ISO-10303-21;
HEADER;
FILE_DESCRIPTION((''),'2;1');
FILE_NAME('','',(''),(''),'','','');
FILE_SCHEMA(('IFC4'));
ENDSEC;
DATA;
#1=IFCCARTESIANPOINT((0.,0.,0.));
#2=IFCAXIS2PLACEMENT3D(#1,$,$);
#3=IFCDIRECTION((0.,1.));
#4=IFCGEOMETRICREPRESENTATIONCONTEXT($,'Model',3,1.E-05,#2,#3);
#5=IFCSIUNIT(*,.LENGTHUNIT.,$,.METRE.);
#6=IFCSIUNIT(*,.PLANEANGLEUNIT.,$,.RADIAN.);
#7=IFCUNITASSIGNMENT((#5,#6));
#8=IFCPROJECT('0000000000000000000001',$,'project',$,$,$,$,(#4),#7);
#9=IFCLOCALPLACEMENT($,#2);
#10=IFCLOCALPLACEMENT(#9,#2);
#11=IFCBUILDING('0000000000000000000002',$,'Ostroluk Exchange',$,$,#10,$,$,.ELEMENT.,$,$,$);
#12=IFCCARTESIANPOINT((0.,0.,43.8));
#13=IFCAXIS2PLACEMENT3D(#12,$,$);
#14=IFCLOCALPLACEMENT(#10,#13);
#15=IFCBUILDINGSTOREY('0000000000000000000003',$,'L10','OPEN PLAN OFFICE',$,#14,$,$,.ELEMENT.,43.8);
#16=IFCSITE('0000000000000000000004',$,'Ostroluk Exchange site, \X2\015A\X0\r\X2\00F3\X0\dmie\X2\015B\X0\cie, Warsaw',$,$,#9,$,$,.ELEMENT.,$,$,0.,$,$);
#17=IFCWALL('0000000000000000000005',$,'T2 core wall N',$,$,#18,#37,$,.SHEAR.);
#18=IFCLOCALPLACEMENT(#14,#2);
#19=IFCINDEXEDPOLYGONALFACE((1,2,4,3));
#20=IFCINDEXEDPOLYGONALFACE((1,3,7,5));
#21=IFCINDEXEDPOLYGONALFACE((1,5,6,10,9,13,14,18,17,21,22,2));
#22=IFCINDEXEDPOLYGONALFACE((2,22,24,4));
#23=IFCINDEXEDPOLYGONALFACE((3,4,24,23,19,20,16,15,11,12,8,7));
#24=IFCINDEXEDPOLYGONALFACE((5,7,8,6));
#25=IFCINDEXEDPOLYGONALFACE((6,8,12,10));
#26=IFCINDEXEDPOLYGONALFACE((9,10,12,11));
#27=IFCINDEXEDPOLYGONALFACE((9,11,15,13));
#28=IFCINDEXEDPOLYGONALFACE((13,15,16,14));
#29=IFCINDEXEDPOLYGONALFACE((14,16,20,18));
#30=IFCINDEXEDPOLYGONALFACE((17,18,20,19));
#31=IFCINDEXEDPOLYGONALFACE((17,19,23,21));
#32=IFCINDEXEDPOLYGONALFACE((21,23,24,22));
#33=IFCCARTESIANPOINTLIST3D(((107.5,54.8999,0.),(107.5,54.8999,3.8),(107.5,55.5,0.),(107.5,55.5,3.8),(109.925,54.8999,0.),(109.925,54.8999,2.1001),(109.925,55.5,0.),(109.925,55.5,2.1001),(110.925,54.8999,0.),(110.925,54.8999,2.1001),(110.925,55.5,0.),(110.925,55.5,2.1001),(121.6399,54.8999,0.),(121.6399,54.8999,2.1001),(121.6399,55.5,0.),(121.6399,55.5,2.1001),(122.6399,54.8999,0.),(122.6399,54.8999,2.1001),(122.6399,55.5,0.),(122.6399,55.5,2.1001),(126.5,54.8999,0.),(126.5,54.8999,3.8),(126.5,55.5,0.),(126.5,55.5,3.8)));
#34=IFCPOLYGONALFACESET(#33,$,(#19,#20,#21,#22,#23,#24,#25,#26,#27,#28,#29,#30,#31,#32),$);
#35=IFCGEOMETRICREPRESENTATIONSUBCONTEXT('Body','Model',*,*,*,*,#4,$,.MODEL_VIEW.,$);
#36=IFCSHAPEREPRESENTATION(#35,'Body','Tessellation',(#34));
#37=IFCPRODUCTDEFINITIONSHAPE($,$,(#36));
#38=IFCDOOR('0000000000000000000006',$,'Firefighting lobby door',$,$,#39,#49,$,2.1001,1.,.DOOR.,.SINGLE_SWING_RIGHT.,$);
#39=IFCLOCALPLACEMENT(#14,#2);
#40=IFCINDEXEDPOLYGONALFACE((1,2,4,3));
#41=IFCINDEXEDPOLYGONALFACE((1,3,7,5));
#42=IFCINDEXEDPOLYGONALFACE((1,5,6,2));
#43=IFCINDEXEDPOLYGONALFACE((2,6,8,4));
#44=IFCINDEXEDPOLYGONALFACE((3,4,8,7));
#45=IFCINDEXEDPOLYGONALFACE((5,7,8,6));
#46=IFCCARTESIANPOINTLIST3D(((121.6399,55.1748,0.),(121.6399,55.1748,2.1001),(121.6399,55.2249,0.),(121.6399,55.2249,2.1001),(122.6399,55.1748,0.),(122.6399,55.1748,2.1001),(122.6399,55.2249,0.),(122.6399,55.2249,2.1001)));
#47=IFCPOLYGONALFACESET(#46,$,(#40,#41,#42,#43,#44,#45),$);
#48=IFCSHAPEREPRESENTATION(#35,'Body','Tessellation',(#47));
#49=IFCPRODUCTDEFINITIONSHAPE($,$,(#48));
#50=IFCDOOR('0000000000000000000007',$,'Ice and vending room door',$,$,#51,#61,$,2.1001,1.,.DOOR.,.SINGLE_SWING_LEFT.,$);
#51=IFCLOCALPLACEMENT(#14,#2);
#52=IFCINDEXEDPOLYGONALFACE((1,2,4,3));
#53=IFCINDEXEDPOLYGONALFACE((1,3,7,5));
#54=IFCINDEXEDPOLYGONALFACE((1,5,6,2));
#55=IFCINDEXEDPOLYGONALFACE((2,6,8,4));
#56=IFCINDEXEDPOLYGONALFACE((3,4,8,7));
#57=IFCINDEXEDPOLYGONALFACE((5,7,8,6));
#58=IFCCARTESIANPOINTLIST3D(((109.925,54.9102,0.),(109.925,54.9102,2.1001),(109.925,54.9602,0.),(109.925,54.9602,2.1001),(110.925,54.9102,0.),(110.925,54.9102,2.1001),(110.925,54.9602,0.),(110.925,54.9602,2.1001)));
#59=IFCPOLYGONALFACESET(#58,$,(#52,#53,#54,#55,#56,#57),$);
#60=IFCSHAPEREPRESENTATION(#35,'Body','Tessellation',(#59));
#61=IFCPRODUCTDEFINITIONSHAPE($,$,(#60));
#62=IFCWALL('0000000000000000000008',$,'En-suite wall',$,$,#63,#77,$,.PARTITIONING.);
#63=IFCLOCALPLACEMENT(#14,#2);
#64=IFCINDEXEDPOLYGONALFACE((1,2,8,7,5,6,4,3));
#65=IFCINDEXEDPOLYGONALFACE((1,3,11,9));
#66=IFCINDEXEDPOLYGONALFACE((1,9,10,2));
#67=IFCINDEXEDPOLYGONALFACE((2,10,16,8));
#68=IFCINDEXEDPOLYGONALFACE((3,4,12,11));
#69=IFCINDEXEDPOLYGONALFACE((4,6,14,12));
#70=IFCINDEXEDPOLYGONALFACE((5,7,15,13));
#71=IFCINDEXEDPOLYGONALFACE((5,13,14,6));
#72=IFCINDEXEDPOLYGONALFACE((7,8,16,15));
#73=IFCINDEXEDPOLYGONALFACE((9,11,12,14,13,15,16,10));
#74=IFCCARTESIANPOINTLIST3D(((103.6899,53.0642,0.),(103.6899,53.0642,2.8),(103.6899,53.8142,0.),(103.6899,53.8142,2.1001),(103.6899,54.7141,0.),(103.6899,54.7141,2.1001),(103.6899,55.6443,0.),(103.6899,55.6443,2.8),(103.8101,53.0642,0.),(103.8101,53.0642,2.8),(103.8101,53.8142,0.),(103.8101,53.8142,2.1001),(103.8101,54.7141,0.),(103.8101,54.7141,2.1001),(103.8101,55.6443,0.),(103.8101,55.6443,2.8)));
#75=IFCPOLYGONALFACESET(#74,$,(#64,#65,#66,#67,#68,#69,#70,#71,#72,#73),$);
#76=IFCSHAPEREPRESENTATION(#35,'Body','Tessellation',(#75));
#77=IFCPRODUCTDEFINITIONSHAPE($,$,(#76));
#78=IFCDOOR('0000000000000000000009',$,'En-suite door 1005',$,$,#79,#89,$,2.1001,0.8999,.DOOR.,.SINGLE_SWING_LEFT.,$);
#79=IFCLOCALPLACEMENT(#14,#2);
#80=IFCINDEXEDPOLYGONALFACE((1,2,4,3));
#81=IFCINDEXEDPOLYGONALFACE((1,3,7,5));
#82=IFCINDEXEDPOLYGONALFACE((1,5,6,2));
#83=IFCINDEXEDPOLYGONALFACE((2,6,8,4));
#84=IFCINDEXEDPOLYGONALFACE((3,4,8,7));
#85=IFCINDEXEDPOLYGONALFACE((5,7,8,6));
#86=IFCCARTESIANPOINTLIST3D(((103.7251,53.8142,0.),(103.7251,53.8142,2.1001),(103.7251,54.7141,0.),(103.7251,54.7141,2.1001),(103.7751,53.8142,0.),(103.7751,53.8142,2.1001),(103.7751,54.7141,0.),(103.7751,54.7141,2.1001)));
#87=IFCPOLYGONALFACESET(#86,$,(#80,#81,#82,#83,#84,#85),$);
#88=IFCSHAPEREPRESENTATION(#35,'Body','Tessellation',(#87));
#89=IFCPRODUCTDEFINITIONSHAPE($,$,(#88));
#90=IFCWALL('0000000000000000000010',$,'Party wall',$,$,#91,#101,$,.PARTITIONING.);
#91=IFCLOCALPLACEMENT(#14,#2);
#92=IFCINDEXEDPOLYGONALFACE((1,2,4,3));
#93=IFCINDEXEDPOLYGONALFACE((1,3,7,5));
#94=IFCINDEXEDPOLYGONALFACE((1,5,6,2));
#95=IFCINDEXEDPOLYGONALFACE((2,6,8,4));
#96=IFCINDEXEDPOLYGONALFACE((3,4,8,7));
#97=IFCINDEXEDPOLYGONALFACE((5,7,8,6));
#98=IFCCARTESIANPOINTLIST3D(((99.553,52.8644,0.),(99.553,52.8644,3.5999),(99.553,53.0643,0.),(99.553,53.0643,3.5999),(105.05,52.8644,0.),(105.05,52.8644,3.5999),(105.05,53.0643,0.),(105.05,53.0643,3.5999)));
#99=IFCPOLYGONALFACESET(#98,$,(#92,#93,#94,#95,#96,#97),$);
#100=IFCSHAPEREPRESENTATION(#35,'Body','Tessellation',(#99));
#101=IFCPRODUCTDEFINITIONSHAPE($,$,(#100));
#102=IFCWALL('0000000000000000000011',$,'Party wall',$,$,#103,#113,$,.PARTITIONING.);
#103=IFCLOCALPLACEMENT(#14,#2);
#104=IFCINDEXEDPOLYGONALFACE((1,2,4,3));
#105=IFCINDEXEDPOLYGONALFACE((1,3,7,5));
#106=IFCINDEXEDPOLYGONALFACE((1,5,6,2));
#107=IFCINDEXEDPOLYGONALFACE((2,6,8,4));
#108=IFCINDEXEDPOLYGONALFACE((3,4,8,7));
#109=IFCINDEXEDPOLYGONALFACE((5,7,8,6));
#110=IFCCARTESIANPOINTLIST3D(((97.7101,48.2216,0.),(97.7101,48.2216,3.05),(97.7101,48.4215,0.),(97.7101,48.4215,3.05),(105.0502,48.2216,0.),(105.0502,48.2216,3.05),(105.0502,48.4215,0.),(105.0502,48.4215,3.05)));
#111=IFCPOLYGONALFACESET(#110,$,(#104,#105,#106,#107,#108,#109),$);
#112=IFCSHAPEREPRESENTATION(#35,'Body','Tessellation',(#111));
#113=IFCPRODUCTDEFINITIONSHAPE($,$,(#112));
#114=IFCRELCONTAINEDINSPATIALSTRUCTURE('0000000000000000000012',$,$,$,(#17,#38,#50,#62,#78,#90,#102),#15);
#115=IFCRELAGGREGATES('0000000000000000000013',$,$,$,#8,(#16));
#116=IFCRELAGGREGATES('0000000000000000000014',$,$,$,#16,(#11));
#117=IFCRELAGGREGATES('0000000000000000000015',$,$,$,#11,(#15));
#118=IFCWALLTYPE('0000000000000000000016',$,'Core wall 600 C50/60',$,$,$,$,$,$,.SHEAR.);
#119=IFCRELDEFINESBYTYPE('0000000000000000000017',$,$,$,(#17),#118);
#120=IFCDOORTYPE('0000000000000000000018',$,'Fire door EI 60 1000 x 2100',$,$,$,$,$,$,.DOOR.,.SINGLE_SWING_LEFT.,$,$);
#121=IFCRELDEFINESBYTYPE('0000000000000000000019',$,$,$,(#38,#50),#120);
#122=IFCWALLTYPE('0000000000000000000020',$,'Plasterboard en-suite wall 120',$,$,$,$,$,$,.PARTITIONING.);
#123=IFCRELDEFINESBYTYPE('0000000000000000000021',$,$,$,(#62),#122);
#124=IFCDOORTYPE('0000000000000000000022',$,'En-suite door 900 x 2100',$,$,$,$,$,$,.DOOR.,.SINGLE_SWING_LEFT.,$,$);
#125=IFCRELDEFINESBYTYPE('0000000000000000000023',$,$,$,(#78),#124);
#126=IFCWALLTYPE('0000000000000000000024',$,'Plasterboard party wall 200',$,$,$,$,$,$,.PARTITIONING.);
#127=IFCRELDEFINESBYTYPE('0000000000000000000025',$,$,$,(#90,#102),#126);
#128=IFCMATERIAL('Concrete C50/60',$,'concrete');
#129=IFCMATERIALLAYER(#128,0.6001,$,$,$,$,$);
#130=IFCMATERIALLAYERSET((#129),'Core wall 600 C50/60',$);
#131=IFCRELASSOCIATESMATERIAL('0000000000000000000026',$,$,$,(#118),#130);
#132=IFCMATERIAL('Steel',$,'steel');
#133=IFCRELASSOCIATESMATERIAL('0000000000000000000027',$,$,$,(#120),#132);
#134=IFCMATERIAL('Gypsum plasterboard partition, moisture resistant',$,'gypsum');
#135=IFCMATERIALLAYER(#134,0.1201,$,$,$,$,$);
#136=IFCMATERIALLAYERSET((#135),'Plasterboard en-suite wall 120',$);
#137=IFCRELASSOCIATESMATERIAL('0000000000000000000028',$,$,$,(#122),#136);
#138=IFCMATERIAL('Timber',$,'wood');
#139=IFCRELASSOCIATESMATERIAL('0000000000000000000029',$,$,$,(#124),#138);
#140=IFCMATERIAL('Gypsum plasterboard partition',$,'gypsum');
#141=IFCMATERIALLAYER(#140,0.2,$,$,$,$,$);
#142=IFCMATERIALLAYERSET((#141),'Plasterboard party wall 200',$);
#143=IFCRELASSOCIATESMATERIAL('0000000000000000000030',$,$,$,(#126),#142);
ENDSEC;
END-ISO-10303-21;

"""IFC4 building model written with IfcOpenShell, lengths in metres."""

from ifc_helpers import new_model, si_unit, direction, frame, frame_2d, origin, place, context, subcontext, project, spatial, rectangle, extrude, material, layer, layer_set, type_object, element, fill, save


model = new_model("IFC4")

# Units and contexts
model_context = context("Model", 3, precision=1e-05, world=origin(), true_north=direction((0.0, 1.0)))
body_context = subcontext(model_context, "Body", "Model", "MODEL_VIEW")
ifc_project = project(units=[si_unit("LENGTHUNIT", "METRE"), si_unit("PLANEANGLEUNIT", "RADIAN")], contexts=[model_context])

# Site, building, storey
site_placement = place(None, origin())
site = spatial("IfcSite", under=ifc_project, at=site_placement, Name="Ostroluk Exchange site, Śródmieście, Warsaw", CompositionType="ELEMENT", RefElevation=0.0)
building_placement = place(site_placement, origin())
building = spatial("IfcBuilding", under=site, at=building_placement, Name="Ostroluk Exchange", CompositionType="ELEMENT")
storey_placement = place(building_placement, frame((0.0, 0.0, 43.8)))
storey = spatial("IfcBuildingStorey", under=building, at=storey_placement, Name="L10", Description="OPEN PLAN OFFICE", CompositionType="ELEMENT", Elevation=43.8)

# Wall, openings, doors
ifc_material_1 = material(Name="Concrete C50/60", Category="concrete")
ifc_layer_1 = layer(ifc_material_1, 0.6001)
ifc_layer_set_1 = layer_set([ifc_layer_1], Name="Core wall 600 C50/60")
wall_type_1 = type_object("IfcWallType", Name="Core wall 600 C50/60", PredefinedType="SHEAR", material=ifc_layer_set_1)
wall_1_placement = place(storey_placement, frame((107.5, 55.2, 0.0), z_axis=(0.0, 0.0, 1.0), x_axis=(1.0, 0.0, 0.0)))
wall_1 = element("IfcWall", 1, at=wall_1_placement, inside=storey, type_object=wall_type_1, Name="T2 core wall N", PredefinedType="SHEAR", context=body_context, shape_type="SweptSolid", body=[
    extrude(rectangle(XDim=19.0, YDim=0.6001, at=frame_2d((9.5, 0.0))), origin(), (0.0, 0.0, 1.0), 3.8),
])
opening_1_placement = place(wall_1_placement, frame((14.1399, 0.0, 0.0)))
opening_1 = element("IfcOpeningElement", 2, at=opening_1_placement, cuts=wall_1, PredefinedType="OPENING", context=body_context, shape_type="SweptSolid", body=[
    extrude(rectangle(XDim=1.0, YDim=2.1001, at=frame_2d((0.5, 1.05))), frame((0.0, 0.3101, 0.0), z_axis=(0.0, -1.0, 0.0), x_axis=(1.0, 0.0, 0.0)), (0.0, 0.0, 1.0), 0.6201),
])
opening_2_placement = place(wall_1_placement, frame((2.425, 0.0, 0.0)))
opening_2 = element("IfcOpeningElement", 3, at=opening_2_placement, cuts=wall_1, PredefinedType="OPENING", context=body_context, shape_type="SweptSolid", body=[
    extrude(rectangle(XDim=1.0, YDim=2.1001, at=frame_2d((0.5, 1.05))), frame((0.0, 0.3101, 0.0), z_axis=(0.0, -1.0, 0.0), x_axis=(1.0, 0.0, 0.0)), (0.0, 0.0, 1.0), 0.6201),
])
ifc_material_2 = material(Name="Steel", Category="steel")
door_type_1 = type_object("IfcDoorType", Name="Fire door EI 60 1000 x 2100", OperationType="SINGLE_SWING_LEFT", PredefinedType="DOOR", material=ifc_material_2)
door_1_placement = place(opening_1_placement, origin())
door_1 = element("IfcDoor", 4, at=door_1_placement, inside=storey, type_object=door_type_1, Name="Firefighting lobby door", OperationType="SINGLE_SWING_RIGHT", OverallHeight=2.1001, OverallWidth=1.0, PredefinedType="DOOR", context=body_context, shape_type="SweptSolid", body=[
    extrude(rectangle(XDim=1.0, YDim=2.1001, at=frame_2d((0.5, 1.05))), frame((0.0, 0.0249, 0.0), z_axis=(0.0, -1.0, 0.0), x_axis=(1.0, 0.0, 0.0)), (0.0, 0.0, 1.0), 0.05),
])
fill(opening_1, door_1)
door_2_placement = place(opening_2_placement, origin())
door_2 = element("IfcDoor", 5, at=door_2_placement, inside=storey, type_object=door_type_1, Name="Ice and vending room door", OperationType="SINGLE_SWING_LEFT", OverallHeight=2.1001, OverallWidth=1.0, PredefinedType="DOOR", context=body_context, shape_type="SweptSolid", body=[
    extrude(rectangle(XDim=1.0, YDim=2.1001, at=frame_2d((0.5, 1.05))), frame((0.0, -0.2397, 0.0), z_axis=(0.0, -1.0, 0.0), x_axis=(1.0, 0.0, 0.0)), (0.0, 0.0, 1.0), 0.05),
])
fill(opening_2, door_2)

# Wall, opening, door
ifc_material_3 = material(Name="Gypsum plasterboard partition, moisture resistant", Category="gypsum")
ifc_layer_2 = layer(ifc_material_3, 0.1201)
ifc_layer_set_2 = layer_set([ifc_layer_2], Name="Plasterboard en-suite wall 120")
wall_type_2 = type_object("IfcWallType", Name="Plasterboard en-suite wall 120", PredefinedType="PARTITIONING", material=ifc_layer_set_2)
wall_2_placement = place(storey_placement, frame((103.75, 53.0642, 0.0), z_axis=(0.0, 0.0, 1.0), x_axis=(0.0, 1.0, 0.0)))
wall_2 = element("IfcWall", 6, at=wall_2_placement, inside=storey, type_object=wall_type_2, Name="En-suite wall", PredefinedType="PARTITIONING", context=body_context, shape_type="SweptSolid", body=[
    extrude(rectangle(XDim=2.5801, YDim=0.1201, at=frame_2d((1.29, 0.0))), origin(), (0.0, 0.0, 1.0), 2.8),
])
opening_3_placement = place(wall_2_placement, frame((0.75, 0.0, 0.0)))
opening_3 = element("IfcOpeningElement", 7, at=opening_3_placement, cuts=wall_2, PredefinedType="OPENING", context=body_context, shape_type="SweptSolid", body=[
    extrude(rectangle(XDim=0.8999, YDim=2.1001, at=frame_2d((0.45, 1.05))), frame((0.0, 0.0701, 0.0), z_axis=(0.0, -1.0, 0.0), x_axis=(1.0, 0.0, 0.0)), (0.0, 0.0, 1.0), 0.1401),
])
ifc_material_4 = material(Name="Timber", Category="wood")
door_type_2 = type_object("IfcDoorType", Name="En-suite door 900 x 2100", OperationType="SINGLE_SWING_LEFT", PredefinedType="DOOR", material=ifc_material_4)
door_3_placement = place(opening_3_placement, origin())
door_3 = element("IfcDoor", 8, at=door_3_placement, inside=storey, type_object=door_type_2, Name="En-suite door 1005", OperationType="SINGLE_SWING_LEFT", OverallHeight=2.1001, OverallWidth=0.8999, PredefinedType="DOOR", context=body_context, shape_type="SweptSolid", body=[
    extrude(rectangle(XDim=0.8999, YDim=2.1001, at=frame_2d((0.45, 1.05))), frame((0.0, 0.0249, 0.0), z_axis=(0.0, -1.0, 0.0), x_axis=(1.0, 0.0, 0.0)), (0.0, 0.0, 1.0), 0.05),
])
fill(opening_3, door_3)

# Walls
ifc_material_5 = material(Name="Gypsum plasterboard partition", Category="gypsum")
ifc_layer_3 = layer(ifc_material_5, 0.2)
ifc_layer_set_3 = layer_set([ifc_layer_3], Name="Plasterboard party wall 200")
wall_type_3 = type_object("IfcWallType", Name="Plasterboard party wall 200", PredefinedType="PARTITIONING", material=ifc_layer_set_3)
wall_3_placement = place(storey_placement, frame((105.05, 52.9644, 0.0), z_axis=(0.0, 0.0, 1.0), x_axis=(-1.0, 0.0, 0.0)))
element("IfcWall", 9, at=wall_3_placement, inside=storey, type_object=wall_type_3, Name="Party wall", PredefinedType="PARTITIONING", context=body_context, shape_type="SweptSolid", body=[
    extrude(rectangle(XDim=5.4971, YDim=0.2, at=frame_2d((2.7485, 0.0))), origin(), (0.0, 0.0, 1.0), 3.5999),
])
wall_4_placement = place(storey_placement, frame((105.05, 48.3215, 0.0), z_axis=(0.0, 0.0, 1.0), x_axis=(-1.0, 0.0, 0.0)))
element("IfcWall", 10, at=wall_4_placement, inside=storey, type_object=wall_type_3, Name="Party wall", PredefinedType="PARTITIONING", context=body_context, shape_type="SweptSolid", body=[
    extrude(rectangle(XDim=7.3401, YDim=0.2, at=frame_2d((3.6699, 0.0))), origin(), (0.0, 0.0, 1.0), 3.05),
])

save(model, "model.ifc")
